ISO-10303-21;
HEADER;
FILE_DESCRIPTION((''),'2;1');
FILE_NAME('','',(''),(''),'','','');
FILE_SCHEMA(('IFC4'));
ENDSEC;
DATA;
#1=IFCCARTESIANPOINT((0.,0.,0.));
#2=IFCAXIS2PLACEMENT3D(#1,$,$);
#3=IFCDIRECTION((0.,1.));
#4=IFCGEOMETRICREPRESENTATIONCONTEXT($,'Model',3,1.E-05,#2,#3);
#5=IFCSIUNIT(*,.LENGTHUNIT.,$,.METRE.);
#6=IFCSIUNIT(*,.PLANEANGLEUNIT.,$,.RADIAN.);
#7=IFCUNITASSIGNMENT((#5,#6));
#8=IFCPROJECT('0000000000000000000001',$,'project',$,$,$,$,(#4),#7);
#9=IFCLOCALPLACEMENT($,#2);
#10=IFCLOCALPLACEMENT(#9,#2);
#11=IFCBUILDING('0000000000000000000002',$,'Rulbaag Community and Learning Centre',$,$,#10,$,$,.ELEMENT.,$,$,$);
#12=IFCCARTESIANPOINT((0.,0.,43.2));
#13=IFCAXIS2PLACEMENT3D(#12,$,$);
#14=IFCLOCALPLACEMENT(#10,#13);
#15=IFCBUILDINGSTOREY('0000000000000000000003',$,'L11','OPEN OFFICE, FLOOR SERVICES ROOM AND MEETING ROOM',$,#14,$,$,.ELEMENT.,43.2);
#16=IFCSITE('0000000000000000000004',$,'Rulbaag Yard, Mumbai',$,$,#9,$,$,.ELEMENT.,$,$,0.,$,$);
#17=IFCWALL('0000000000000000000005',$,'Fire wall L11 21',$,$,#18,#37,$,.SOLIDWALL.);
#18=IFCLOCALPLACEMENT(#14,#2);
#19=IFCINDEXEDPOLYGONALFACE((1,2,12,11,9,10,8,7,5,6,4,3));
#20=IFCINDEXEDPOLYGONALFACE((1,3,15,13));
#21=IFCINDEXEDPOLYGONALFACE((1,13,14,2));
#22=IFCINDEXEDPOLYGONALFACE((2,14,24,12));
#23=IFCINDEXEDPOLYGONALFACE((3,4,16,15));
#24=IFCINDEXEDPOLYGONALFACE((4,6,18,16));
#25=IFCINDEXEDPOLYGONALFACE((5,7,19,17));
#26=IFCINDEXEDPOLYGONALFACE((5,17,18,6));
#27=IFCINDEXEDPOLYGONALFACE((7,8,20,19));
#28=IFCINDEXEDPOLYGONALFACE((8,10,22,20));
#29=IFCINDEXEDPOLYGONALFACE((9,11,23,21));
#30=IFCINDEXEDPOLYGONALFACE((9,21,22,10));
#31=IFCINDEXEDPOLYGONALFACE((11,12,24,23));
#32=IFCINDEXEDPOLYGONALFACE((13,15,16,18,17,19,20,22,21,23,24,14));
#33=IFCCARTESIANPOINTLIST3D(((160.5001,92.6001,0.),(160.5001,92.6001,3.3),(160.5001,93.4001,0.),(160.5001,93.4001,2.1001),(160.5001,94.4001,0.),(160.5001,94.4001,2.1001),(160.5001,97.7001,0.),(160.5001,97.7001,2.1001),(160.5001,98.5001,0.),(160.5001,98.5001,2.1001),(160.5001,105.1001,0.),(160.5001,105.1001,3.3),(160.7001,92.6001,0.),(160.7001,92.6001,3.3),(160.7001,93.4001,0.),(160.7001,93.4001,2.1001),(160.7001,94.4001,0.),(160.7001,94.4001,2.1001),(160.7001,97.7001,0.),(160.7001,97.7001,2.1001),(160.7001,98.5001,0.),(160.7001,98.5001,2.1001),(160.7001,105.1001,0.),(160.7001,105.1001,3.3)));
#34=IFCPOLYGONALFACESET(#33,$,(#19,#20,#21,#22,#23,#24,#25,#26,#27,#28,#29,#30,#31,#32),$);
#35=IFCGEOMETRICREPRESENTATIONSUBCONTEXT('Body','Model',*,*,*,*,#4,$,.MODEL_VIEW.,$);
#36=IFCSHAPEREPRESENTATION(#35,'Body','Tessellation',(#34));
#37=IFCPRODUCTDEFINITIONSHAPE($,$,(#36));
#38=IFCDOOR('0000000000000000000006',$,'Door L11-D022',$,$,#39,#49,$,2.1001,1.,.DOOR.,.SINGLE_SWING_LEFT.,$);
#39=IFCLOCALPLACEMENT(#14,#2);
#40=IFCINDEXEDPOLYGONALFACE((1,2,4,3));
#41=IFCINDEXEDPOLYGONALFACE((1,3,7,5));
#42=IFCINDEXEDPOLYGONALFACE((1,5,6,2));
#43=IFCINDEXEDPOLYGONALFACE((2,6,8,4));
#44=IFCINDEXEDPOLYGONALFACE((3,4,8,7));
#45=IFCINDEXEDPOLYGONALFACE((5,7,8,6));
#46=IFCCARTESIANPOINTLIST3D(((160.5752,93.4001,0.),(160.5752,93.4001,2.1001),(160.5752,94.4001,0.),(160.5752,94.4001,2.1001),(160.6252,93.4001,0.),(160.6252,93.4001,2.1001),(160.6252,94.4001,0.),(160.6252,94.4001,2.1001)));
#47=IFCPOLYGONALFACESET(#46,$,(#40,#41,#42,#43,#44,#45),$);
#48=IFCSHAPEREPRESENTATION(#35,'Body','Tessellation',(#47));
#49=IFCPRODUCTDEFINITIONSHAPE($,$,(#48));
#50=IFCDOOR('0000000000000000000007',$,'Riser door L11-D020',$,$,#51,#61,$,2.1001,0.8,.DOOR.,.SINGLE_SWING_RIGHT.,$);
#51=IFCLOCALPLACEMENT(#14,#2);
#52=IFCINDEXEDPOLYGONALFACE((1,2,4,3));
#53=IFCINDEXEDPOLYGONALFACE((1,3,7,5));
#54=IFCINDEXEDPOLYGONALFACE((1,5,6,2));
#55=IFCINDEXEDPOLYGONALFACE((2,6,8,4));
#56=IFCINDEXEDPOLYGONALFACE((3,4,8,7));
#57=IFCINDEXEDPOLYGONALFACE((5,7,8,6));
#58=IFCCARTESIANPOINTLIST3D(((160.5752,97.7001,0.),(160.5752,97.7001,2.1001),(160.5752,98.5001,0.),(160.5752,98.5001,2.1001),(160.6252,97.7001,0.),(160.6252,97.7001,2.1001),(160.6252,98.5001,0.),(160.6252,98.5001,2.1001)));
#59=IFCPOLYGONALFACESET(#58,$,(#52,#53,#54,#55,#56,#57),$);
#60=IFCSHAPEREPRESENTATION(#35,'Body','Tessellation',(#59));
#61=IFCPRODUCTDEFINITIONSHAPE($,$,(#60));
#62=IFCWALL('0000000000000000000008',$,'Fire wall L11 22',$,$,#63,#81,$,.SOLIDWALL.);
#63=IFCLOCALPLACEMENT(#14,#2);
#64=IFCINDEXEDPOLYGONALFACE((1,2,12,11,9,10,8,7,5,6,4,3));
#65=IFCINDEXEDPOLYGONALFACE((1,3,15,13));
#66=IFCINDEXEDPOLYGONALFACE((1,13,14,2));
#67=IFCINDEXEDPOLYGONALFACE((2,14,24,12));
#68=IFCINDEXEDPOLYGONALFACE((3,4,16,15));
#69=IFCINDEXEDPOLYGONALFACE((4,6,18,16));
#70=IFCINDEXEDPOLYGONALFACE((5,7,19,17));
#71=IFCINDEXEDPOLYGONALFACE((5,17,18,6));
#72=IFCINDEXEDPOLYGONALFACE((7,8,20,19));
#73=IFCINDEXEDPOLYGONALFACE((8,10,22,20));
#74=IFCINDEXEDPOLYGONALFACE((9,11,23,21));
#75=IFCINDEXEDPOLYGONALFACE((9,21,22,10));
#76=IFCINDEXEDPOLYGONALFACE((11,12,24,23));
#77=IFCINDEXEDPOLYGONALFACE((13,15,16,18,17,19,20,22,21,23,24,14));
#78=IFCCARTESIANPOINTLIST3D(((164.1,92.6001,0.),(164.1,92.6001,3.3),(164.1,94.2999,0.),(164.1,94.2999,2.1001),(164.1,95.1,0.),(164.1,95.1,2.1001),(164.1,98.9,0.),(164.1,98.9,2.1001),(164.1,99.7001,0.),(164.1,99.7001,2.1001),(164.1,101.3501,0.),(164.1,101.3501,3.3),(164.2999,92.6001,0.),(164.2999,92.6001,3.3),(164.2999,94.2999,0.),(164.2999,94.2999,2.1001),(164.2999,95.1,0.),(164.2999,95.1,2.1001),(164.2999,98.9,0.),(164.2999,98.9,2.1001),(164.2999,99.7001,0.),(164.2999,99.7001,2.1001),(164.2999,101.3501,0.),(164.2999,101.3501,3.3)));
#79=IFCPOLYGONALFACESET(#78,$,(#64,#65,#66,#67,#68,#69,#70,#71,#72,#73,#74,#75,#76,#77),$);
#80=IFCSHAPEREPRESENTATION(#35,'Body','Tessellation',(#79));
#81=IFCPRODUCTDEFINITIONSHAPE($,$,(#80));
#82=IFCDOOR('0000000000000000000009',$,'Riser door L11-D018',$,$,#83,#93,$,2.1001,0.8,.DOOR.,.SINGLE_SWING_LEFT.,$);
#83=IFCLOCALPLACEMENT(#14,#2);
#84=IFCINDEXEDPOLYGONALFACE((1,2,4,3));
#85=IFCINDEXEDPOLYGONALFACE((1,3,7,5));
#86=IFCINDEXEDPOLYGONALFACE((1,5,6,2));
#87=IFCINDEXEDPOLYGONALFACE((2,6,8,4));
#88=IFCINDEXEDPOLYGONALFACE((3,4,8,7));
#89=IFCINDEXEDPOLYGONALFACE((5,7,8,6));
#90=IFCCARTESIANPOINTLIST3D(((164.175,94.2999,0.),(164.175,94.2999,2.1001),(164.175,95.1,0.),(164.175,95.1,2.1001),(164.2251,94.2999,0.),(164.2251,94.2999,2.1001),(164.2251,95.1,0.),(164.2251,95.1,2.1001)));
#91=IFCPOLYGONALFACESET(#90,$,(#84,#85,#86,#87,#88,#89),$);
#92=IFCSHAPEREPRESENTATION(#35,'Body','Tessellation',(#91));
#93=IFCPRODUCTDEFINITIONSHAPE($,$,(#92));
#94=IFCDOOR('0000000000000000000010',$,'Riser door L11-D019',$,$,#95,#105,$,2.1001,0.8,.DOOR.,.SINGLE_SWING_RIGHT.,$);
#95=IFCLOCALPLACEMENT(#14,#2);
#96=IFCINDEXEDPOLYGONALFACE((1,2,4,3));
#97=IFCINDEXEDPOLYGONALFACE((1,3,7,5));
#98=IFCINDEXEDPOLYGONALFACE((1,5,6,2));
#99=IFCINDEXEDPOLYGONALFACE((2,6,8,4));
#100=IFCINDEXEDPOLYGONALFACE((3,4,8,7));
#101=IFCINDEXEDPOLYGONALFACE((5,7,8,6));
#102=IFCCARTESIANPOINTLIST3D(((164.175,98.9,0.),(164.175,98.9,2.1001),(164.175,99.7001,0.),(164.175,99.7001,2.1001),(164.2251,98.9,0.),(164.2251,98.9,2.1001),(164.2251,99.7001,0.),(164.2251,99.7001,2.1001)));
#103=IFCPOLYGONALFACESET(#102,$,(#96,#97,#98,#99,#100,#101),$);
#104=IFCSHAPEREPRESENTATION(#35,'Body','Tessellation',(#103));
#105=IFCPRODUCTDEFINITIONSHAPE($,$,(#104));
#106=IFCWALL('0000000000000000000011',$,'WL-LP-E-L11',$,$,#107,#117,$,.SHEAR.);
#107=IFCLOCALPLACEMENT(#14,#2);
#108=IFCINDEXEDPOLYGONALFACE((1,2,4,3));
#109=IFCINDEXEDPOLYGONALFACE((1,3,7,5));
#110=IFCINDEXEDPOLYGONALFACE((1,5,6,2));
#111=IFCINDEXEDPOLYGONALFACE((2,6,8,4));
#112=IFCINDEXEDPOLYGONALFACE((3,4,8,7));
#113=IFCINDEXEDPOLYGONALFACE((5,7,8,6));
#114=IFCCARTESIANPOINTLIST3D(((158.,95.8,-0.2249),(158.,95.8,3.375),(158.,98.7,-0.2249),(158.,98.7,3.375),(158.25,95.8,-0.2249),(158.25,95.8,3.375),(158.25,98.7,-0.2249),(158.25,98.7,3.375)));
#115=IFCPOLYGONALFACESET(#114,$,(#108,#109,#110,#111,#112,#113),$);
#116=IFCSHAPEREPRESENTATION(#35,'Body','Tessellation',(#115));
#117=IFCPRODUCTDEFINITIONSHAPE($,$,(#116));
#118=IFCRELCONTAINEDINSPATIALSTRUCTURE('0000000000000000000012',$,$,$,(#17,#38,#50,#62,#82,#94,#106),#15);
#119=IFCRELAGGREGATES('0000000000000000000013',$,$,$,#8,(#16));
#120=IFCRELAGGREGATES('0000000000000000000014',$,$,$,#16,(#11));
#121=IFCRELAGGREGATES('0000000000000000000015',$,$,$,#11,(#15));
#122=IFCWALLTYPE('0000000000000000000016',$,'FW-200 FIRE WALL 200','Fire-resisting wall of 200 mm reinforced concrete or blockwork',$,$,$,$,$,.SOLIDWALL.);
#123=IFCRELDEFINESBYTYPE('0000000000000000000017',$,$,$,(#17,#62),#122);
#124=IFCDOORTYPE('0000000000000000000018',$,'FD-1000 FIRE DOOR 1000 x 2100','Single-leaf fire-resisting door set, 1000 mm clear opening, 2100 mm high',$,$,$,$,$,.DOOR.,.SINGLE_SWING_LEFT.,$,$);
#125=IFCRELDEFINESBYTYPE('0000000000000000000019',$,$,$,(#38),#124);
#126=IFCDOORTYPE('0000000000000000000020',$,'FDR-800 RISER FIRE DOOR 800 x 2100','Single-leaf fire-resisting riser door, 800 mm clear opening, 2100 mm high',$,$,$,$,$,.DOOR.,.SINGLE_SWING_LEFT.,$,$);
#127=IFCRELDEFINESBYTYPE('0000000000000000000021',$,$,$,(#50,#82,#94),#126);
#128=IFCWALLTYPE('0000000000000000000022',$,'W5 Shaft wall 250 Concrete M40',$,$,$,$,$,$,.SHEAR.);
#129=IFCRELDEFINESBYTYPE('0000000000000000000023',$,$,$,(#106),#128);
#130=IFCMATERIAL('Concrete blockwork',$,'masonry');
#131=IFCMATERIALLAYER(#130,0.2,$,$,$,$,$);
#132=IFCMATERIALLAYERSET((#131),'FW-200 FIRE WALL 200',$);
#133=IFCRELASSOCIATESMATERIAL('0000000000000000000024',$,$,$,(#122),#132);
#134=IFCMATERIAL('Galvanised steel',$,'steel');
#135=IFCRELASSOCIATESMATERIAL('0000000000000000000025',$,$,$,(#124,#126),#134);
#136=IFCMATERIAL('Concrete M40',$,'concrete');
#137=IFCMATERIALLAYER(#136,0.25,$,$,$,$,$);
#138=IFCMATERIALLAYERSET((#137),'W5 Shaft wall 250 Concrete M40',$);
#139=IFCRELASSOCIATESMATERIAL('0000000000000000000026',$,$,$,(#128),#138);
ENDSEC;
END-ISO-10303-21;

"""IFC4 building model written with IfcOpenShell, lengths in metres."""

from ifc_helpers import new_model, si_unit, direction, frame, frame_2d, origin, place, context, subcontext, project, spatial, rectangle, extrude, material, layer, layer_set, type_object, element, fill, save


model = new_model("IFC4")

# Units and contexts
model_context = context("Model", 3, precision=1e-05, world=origin(), true_north=direction((0.0, 1.0)))
body_context = subcontext(model_context, "Body", "Model", "MODEL_VIEW")
ifc_project = project(units=[si_unit("LENGTHUNIT", "METRE"), si_unit("PLANEANGLEUNIT", "RADIAN")], contexts=[model_context])

# Site, building, storey
site_placement = place(None, origin())
site = spatial("IfcSite", under=ifc_project, at=site_placement, Name="Rulbaag Yard, Mumbai", CompositionType="ELEMENT", RefElevation=0.0)
building_placement = place(site_placement, origin())
building = spatial("IfcBuilding", under=site, at=building_placement, Name="Rulbaag Community and Learning Centre", CompositionType="ELEMENT")
storey_placement = place(building_placement, frame((0.0, 0.0, 43.2)))
storey = spatial("IfcBuildingStorey", under=building, at=storey_placement, Name="L11", Description="OPEN OFFICE, FLOOR SERVICES ROOM AND MEETING ROOM", CompositionType="ELEMENT", Elevation=43.2)

# Shared definitions
ifc_material_1 = material(Name="Concrete M40", Category="concrete")

# Shared definitions
ifc_material_2 = material(Name="Concrete blockwork", Category="masonry")
ifc_layer_1 = layer(ifc_material_2, 0.2)
ifc_layer_set_1 = layer_set([ifc_layer_1], Name="FW-200 FIRE WALL 200")
wall_type_1 = type_object("IfcWallType", Name="FW-200 FIRE WALL 200", Description="Fire-resisting wall of 200 mm reinforced concrete or blockwork", PredefinedType="SOLIDWALL", material=ifc_layer_set_1)

# Walls, openings, doors
wall_1_placement = place(storey_placement, frame((160.6001, 92.6001, 0.0), z_axis=(0.0, 0.0, 1.0), x_axis=(0.0, 1.0, 0.0)))
wall_1 = element("IfcWall", 1, at=wall_1_placement, inside=storey, type_object=wall_type_1, Name="Fire wall L11 21", PredefinedType="SOLIDWALL", context=body_context, shape_type="SweptSolid", body=[
    extrude(rectangle(XDim=12.5, YDim=0.2, at=frame_2d((6.25, 0.0))), origin(), (0.0, 0.0, 1.0), 3.3),
])
opening_1_placement = place(wall_1_placement, frame((5.1001, 0.0, 0.0)))
opening_1 = element("IfcOpeningElement", 2, at=opening_1_placement, cuts=wall_1, PredefinedType="OPENING", context=body_context, shape_type="SweptSolid", body=[
    extrude(rectangle(XDim=0.8, YDim=2.1001, at=frame_2d((0.3999, 1.05))), frame((0.0, 0.1099, 0.0), z_axis=(0.0, -1.0, 0.0), x_axis=(1.0, 0.0, 0.0)), (0.0, 0.0, 1.0), 0.22),
])
opening_2_placement = place(wall_1_placement, frame((0.8, 0.0, 0.0)))
opening_2 = element("IfcOpeningElement", 3, at=opening_2_placement, cuts=wall_1, PredefinedType="OPENING", context=body_context, shape_type="SweptSolid", body=[
    extrude(rectangle(XDim=1.0, YDim=2.1001, at=frame_2d((0.5, 1.05))), frame((0.0, 0.1099, 0.0), z_axis=(0.0, -1.0, 0.0), x_axis=(1.0, 0.0, 0.0)), (0.0, 0.0, 1.0), 0.22),
])
ifc_material_3 = material(Name="Galvanised steel", Category="steel")
door_type_1 = type_object("IfcDoorType", Name="FD-1000 FIRE DOOR 1000 x 2100", Description="Single-leaf fire-resisting door set, 1000 mm clear opening, 2100 mm high", OperationType="SINGLE_SWING_LEFT", PredefinedType="DOOR", material=ifc_material_3)
door_1_placement = place(opening_2_placement, origin())
door_1 = element("IfcDoor", 4, at=door_1_placement, inside=storey, type_object=door_type_1, Name="Door L11-D022", OperationType="SINGLE_SWING_LEFT", OverallHeight=2.1001, OverallWidth=1.0, PredefinedType="DOOR", context=body_context, shape_type="SweptSolid", body=[
    extrude(rectangle(XDim=1.0, YDim=2.1001, at=frame_2d((0.5, 1.05))), frame((0.0, 0.0249, 0.0), z_axis=(0.0, -1.0, 0.0), x_axis=(1.0, 0.0, 0.0)), (0.0, 0.0, 1.0), 0.05),
])
fill(opening_2, door_1)
door_type_2 = type_object("IfcDoorType", Name="FDR-800 RISER FIRE DOOR 800 x 2100", Description="Single-leaf fire-resisting riser door, 800 mm clear opening, 2100 mm high", OperationType="SINGLE_SWING_LEFT", PredefinedType="DOOR", material=ifc_material_3)
door_2_placement = place(opening_1_placement, origin())
door_2 = element("IfcDoor", 5, at=door_2_placement, inside=storey, type_object=door_type_2, Name="Riser door L11-D020", OperationType="SINGLE_SWING_RIGHT", OverallHeight=2.1001, OverallWidth=0.8, PredefinedType="DOOR", context=body_context, shape_type="SweptSolid", body=[
    extrude(rectangle(XDim=0.8, YDim=2.1001, at=frame_2d((0.3999, 1.05))), frame((0.0, 0.0249, 0.0), z_axis=(0.0, -1.0, 0.0), x_axis=(1.0, 0.0, 0.0)), (0.0, 0.0, 1.0), 0.05),
])
fill(opening_1, door_2)
wall_2_placement = place(storey_placement, frame((164.2, 92.6001, 0.0), z_axis=(0.0, 0.0, 1.0), x_axis=(0.0, 1.0, 0.0)))
wall_2 = element("IfcWall", 6, at=wall_2_placement, inside=storey, type_object=wall_type_1, Name="Fire wall L11 22", PredefinedType="SOLIDWALL", context=body_context, shape_type="SweptSolid", body=[
    extrude(rectangle(XDim=8.75, YDim=0.2, at=frame_2d((4.375, 0.0))), origin(), (0.0, 0.0, 1.0), 3.3),
])
opening_3_placement = place(wall_2_placement, frame((1.7, 0.0, 0.0)))
opening_3 = element("IfcOpeningElement", 7, at=opening_3_placement, cuts=wall_2, PredefinedType="OPENING", context=body_context, shape_type="SweptSolid", body=[
    extrude(rectangle(XDim=0.8, YDim=2.1001, at=frame_2d((0.3999, 1.05))), frame((0.0, 0.1099, 0.0), z_axis=(0.0, -1.0, 0.0), x_axis=(1.0, 0.0, 0.0)), (0.0, 0.0, 1.0), 0.22),
])
opening_4_placement = place(wall_2_placement, frame((6.3, 0.0, 0.0)))
opening_4 = element("IfcOpeningElement", 8, at=opening_4_placement, cuts=wall_2, PredefinedType="OPENING", context=body_context, shape_type="SweptSolid", body=[
    extrude(rectangle(XDim=0.8, YDim=2.1001, at=frame_2d((0.3999, 1.05))), frame((0.0, 0.1099, 0.0), z_axis=(0.0, -1.0, 0.0), x_axis=(1.0, 0.0, 0.0)), (0.0, 0.0, 1.0), 0.22),
])
door_3_placement = place(opening_3_placement, origin())
door_3 = element("IfcDoor", 9, at=door_3_placement, inside=storey, type_object=door_type_2, Name="Riser door L11-D018", OperationType="SINGLE_SWING_LEFT", OverallHeight=2.1001, OverallWidth=0.8, PredefinedType="DOOR", context=body_context, shape_type="SweptSolid", body=[
    extrude(rectangle(XDim=0.8, YDim=2.1001, at=frame_2d((0.3999, 1.05))), frame((0.0, 0.0249, 0.0), z_axis=(0.0, -1.0, 0.0), x_axis=(1.0, 0.0, 0.0)), (0.0, 0.0, 1.0), 0.05),
])
fill(opening_3, door_3)
door_4_placement = place(opening_4_placement, origin())
door_4 = element("IfcDoor", 10, at=door_4_placement, inside=storey, type_object=door_type_2, Name="Riser door L11-D019", OperationType="SINGLE_SWING_RIGHT", OverallHeight=2.1001, OverallWidth=0.8, PredefinedType="DOOR", context=body_context, shape_type="SweptSolid", body=[
    extrude(rectangle(XDim=0.8, YDim=2.1001, at=frame_2d((0.3999, 1.05))), frame((0.0, 0.0249, 0.0), z_axis=(0.0, -1.0, 0.0), x_axis=(1.0, 0.0, 0.0)), (0.0, 0.0, 1.0), 0.05),
])
fill(opening_4, door_4)

# Wall
ifc_layer_2 = layer(ifc_material_1, 0.25)
ifc_layer_set_2 = layer_set([ifc_layer_2], Name="W5 Shaft wall 250 Concrete M40")
wall_type_2 = type_object("IfcWallType", Name="W5 Shaft wall 250 Concrete M40", PredefinedType="SHEAR", material=ifc_layer_set_2)
wall_3_placement = place(storey_placement, frame((158.125, 95.8, -0.2249), z_axis=(0.0, 0.0, 1.0), x_axis=(0.0, 1.0, 0.0)))
element("IfcWall", 11, at=wall_3_placement, inside=storey, type_object=wall_type_2, Name="WL-LP-E-L11", PredefinedType="SHEAR", context=body_context, shape_type="SweptSolid", body=[
    extrude(rectangle(XDim=2.8999, YDim=0.25, at=frame_2d((1.45, 0.0))), origin(), (0.0, 0.0, 1.0), 3.5999),
])

save(model, "model.ifc")
